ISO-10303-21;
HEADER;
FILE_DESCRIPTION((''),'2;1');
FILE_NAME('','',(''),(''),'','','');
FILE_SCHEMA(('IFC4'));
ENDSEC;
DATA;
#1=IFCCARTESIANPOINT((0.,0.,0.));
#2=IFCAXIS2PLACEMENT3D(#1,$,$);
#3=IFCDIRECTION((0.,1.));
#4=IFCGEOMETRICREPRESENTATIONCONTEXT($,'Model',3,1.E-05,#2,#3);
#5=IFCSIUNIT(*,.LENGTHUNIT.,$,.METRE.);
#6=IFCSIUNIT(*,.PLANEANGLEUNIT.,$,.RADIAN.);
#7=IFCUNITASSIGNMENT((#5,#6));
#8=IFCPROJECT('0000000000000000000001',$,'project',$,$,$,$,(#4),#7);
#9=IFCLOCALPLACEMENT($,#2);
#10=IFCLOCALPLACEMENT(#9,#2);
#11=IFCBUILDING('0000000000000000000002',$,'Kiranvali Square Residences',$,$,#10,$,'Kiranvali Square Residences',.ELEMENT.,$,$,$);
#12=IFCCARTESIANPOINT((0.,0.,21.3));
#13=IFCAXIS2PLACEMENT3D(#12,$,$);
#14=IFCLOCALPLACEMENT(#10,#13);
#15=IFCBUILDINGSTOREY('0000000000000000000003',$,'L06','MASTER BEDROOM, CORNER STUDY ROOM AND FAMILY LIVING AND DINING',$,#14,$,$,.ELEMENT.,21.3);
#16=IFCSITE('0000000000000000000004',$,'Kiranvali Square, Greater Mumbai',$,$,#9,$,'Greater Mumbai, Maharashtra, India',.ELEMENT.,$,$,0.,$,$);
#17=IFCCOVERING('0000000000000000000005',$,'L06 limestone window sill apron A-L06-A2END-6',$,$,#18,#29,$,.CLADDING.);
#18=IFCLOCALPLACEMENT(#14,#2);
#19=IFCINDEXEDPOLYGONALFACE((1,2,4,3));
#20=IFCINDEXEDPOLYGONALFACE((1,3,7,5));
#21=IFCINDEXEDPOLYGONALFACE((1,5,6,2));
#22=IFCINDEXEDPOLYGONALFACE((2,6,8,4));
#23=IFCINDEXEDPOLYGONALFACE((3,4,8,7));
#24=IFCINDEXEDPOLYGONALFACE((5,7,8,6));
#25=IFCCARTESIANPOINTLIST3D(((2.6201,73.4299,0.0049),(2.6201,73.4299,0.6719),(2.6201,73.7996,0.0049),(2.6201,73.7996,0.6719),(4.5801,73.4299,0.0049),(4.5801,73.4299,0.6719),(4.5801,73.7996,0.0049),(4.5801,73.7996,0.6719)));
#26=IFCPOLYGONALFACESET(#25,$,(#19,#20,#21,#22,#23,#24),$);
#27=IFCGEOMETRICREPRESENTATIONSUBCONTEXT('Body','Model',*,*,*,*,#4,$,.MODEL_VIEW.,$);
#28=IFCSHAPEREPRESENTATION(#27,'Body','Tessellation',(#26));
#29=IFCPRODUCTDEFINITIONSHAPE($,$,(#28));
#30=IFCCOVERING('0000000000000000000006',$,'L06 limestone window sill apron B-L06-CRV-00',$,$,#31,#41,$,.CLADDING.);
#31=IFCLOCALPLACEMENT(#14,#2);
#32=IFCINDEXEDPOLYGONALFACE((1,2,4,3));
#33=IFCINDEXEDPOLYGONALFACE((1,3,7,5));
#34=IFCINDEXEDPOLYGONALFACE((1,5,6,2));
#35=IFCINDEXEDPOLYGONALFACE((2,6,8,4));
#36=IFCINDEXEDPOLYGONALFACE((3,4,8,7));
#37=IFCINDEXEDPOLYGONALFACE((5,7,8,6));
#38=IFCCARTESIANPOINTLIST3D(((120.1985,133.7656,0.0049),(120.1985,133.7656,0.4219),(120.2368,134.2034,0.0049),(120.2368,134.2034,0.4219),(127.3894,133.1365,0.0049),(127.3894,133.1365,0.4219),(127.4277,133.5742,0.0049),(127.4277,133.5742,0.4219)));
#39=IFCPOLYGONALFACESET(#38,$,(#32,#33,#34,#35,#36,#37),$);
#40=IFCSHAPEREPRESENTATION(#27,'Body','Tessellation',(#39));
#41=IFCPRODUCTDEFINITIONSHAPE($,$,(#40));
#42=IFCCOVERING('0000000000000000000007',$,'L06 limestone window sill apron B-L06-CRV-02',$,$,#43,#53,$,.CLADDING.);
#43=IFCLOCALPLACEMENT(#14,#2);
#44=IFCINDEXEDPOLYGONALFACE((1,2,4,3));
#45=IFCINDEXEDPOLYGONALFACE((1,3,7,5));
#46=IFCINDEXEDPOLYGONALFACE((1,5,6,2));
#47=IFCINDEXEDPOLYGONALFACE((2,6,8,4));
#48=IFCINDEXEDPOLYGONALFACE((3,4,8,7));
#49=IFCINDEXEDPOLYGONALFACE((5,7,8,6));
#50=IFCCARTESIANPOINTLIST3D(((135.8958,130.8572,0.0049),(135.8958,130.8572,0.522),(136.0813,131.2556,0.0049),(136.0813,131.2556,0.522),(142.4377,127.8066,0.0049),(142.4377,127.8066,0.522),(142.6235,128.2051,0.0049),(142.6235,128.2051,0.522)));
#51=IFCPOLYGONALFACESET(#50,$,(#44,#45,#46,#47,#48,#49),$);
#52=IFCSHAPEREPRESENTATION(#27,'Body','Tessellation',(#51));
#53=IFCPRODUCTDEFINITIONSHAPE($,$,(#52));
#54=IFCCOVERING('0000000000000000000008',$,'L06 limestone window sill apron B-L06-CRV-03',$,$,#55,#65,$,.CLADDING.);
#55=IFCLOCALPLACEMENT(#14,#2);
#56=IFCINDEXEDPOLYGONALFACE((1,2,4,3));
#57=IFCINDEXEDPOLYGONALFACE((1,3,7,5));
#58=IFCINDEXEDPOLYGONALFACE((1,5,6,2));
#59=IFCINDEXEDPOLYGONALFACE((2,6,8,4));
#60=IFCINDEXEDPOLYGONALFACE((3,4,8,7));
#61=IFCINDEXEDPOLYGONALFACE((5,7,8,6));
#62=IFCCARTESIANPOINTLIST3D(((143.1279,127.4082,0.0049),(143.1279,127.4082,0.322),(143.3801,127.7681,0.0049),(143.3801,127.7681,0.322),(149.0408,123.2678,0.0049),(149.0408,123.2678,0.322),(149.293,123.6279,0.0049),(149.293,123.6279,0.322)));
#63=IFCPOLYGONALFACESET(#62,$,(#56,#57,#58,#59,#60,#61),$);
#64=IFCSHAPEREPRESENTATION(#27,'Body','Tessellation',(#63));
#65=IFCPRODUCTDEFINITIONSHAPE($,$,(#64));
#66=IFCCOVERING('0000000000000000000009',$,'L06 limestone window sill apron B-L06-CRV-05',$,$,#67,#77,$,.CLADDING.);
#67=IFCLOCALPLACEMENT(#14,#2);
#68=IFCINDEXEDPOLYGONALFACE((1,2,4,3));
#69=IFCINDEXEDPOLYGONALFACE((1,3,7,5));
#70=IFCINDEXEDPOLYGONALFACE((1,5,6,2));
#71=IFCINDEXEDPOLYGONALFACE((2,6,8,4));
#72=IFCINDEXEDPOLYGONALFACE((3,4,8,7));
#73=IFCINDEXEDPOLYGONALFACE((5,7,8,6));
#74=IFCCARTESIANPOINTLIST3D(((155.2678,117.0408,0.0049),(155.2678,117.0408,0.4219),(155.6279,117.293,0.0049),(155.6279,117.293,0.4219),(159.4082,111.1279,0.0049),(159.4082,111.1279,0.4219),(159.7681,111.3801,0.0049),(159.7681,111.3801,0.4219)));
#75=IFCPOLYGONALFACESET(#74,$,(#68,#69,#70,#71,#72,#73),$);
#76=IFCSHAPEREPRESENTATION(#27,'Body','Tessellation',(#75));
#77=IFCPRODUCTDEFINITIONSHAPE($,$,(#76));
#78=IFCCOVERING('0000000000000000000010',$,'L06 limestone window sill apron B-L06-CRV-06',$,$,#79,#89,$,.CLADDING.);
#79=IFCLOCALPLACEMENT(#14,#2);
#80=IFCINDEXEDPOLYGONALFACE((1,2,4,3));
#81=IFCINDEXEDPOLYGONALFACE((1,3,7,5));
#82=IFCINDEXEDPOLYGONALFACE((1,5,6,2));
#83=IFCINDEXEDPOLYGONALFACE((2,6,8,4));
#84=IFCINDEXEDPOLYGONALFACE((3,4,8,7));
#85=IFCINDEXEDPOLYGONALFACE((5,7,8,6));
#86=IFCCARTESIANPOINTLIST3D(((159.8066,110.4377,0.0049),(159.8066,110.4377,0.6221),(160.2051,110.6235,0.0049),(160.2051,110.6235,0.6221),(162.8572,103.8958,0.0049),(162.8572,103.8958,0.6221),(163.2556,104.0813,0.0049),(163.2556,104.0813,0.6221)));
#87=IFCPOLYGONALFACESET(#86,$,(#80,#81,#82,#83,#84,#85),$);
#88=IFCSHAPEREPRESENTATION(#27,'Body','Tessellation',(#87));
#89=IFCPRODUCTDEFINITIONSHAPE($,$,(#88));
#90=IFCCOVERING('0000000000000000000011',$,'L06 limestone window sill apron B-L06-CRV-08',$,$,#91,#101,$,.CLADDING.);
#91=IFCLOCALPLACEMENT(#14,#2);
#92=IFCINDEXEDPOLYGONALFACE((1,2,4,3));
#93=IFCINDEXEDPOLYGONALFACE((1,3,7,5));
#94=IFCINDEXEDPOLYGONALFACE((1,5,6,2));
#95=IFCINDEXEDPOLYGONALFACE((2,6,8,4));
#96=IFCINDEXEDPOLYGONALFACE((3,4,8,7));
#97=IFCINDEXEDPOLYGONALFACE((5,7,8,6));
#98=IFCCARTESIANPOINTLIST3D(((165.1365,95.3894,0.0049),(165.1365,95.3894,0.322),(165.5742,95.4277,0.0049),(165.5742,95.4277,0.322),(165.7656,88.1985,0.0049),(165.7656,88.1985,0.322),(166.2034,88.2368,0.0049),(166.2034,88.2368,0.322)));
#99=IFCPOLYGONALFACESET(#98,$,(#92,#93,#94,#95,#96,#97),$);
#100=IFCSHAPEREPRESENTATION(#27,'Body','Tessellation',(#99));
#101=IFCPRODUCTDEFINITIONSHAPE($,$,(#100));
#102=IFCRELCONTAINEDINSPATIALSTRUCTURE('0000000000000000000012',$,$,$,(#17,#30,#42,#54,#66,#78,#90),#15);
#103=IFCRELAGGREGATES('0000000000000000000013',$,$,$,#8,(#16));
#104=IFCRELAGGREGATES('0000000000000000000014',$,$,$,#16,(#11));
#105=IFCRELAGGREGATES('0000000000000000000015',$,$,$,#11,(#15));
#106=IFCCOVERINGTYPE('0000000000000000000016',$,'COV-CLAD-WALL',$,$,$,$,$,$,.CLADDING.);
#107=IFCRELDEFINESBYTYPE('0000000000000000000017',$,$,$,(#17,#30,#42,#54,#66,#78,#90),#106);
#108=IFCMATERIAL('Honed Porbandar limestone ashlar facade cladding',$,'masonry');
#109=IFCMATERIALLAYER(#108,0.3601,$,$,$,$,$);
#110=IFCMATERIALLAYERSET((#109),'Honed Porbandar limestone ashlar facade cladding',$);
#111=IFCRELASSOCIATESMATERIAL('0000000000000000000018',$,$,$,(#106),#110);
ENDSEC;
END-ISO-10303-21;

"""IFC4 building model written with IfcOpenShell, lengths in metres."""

from ifc_helpers import new_model, si_unit, direction, frame, origin, place, context, subcontext, project, spatial, polyline, outline, extrude, material, layer, layer_set, type_object, element, save


model = new_model("IFC4")

# Units and contexts
model_context = context("Model", 3, precision=1e-05, world=origin(), true_north=direction((0.0, 1.0)))
body_context = subcontext(model_context, "Body", "Model", "MODEL_VIEW")
ifc_project = project(units=[si_unit("LENGTHUNIT", "METRE"), si_unit("PLANEANGLEUNIT", "RADIAN")], contexts=[model_context])

# Site, building, storey
site_placement = place(None, origin())
site = spatial("IfcSite", under=ifc_project, at=site_placement, Name="Kiranvali Square, Greater Mumbai", LongName="Greater Mumbai, Maharashtra, India", CompositionType="ELEMENT", RefElevation=0.0)
building_placement = place(site_placement, origin())
building = spatial("IfcBuilding", under=site, at=building_placement, Name="Kiranvali Square Residences", LongName="Kiranvali Square Residences", CompositionType="ELEMENT")
storey_placement = place(building_placement, frame((0.0, 0.0, 21.3)))
storey = spatial("IfcBuildingStorey", under=building, at=storey_placement, Name="L06", Description="MASTER BEDROOM, CORNER STUDY ROOM AND FAMILY LIVING AND DINING", CompositionType="ELEMENT", Elevation=21.3)

# Coverings
ifc_material = material(Name="Honed Porbandar limestone ashlar facade cladding", Category="masonry")
ifc_layer_1 = layer(ifc_material, 0.3601)
ifc_layer_set_1 = layer_set([ifc_layer_1], Name="Honed Porbandar limestone ashlar facade cladding")
covering_type_1 = type_object("IfcCoveringType", Name="COV-CLAD-WALL", PredefinedType="CLADDING", material=ifc_layer_set_1)
covering_1_placement = place(storey_placement, frame((0.0, 0.0, 0.0049)))
element("IfcCovering", 1, at=covering_1_placement, inside=storey, type_object=covering_type_1, Name="L06 limestone window sill apron A-L06-A2END-6", PredefinedType="CLADDING", context=body_context, shape_type="SweptSolid", body=[
    extrude(outline(polyline([(4.5801, 73.7996), (2.6201, 73.7996), (2.6201, 73.4299), (4.5801, 73.4299), (4.5801, 73.7996)])), origin(), (0.0, 0.0, 1.0), 0.667),
])
covering_2_placement = place(storey_placement, frame((0.0, 0.0, 0.0049)))
element("IfcCovering", 2, at=covering_2_placement, inside=storey, type_object=covering_type_1, Name="L06 limestone window sill apron B-L06-CRV-00", PredefinedType="CLADDING", context=body_context, shape_type="SweptSolid", body=[
    extrude(outline(polyline([(120.1985, 133.7656), (127.3894, 133.1365), (127.4277, 133.5742), (120.2368, 134.2034), (120.1985, 133.7656)])), origin(), (0.0, 0.0, 1.0), 0.417),
])
covering_3_placement = place(storey_placement, frame((0.0, 0.0, 0.0049)))
element("IfcCovering", 3, at=covering_3_placement, inside=storey, type_object=covering_type_1, Name="L06 limestone window sill apron B-L06-CRV-02", PredefinedType="CLADDING", context=body_context, shape_type="SweptSolid", body=[
    extrude(outline(polyline([(135.8958, 130.8572), (142.4377, 127.8066), (142.6235, 128.2051), (136.0813, 131.2556), (135.8958, 130.8572)])), origin(), (0.0, 0.0, 1.0), 0.5171),
])
covering_4_placement = place(storey_placement, frame((0.0, 0.0, 0.0049)))
element("IfcCovering", 4, at=covering_4_placement, inside=storey, type_object=covering_type_1, Name="L06 limestone window sill apron B-L06-CRV-03", PredefinedType="CLADDING", context=body_context, shape_type="SweptSolid", body=[
    extrude(outline(polyline([(143.1279, 127.4082), (149.0408, 123.2678), (149.293, 123.6279), (143.3801, 127.7681), (143.1279, 127.4082)])), origin(), (0.0, 0.0, 1.0), 0.3171),
])
covering_5_placement = place(storey_placement, frame((0.0, 0.0, 0.0049)))
element("IfcCovering", 5, at=covering_5_placement, inside=storey, type_object=covering_type_1, Name="L06 limestone window sill apron B-L06-CRV-05", PredefinedType="CLADDING", context=body_context, shape_type="SweptSolid", body=[
    extrude(outline(polyline([(155.2678, 117.0408), (159.4082, 111.1279), (159.7681, 111.3801), (155.6279, 117.293), (155.2678, 117.0408)])), origin(), (0.0, 0.0, 1.0), 0.417),
])
covering_6_placement = place(storey_placement, frame((0.0, 0.0, 0.0049)))
element("IfcCovering", 6, at=covering_6_placement, inside=storey, type_object=covering_type_1, Name="L06 limestone window sill apron B-L06-CRV-06", PredefinedType="CLADDING", context=body_context, shape_type="SweptSolid", body=[
    extrude(outline(polyline([(159.8066, 110.4377), (162.8572, 103.8958), (163.2556, 104.0813), (160.2051, 110.6235), (159.8066, 110.4377)])), origin(), (0.0, 0.0, 1.0), 0.6172),
])
covering_7_placement = place(storey_placement, frame((0.0, 0.0, 0.0049)))
element("IfcCovering", 7, at=covering_7_placement, inside=storey, type_object=covering_type_1, Name="L06 limestone window sill apron B-L06-CRV-08", PredefinedType="CLADDING", context=body_context, shape_type="SweptSolid", body=[
    extrude(outline(polyline([(165.1365, 95.3894), (165.7656, 88.1985), (166.2034, 88.2368), (165.5742, 95.4277), (165.1365, 95.3894)])), origin(), (0.0, 0.0, 1.0), 0.3171),
])

save(model, "model.ifc")
